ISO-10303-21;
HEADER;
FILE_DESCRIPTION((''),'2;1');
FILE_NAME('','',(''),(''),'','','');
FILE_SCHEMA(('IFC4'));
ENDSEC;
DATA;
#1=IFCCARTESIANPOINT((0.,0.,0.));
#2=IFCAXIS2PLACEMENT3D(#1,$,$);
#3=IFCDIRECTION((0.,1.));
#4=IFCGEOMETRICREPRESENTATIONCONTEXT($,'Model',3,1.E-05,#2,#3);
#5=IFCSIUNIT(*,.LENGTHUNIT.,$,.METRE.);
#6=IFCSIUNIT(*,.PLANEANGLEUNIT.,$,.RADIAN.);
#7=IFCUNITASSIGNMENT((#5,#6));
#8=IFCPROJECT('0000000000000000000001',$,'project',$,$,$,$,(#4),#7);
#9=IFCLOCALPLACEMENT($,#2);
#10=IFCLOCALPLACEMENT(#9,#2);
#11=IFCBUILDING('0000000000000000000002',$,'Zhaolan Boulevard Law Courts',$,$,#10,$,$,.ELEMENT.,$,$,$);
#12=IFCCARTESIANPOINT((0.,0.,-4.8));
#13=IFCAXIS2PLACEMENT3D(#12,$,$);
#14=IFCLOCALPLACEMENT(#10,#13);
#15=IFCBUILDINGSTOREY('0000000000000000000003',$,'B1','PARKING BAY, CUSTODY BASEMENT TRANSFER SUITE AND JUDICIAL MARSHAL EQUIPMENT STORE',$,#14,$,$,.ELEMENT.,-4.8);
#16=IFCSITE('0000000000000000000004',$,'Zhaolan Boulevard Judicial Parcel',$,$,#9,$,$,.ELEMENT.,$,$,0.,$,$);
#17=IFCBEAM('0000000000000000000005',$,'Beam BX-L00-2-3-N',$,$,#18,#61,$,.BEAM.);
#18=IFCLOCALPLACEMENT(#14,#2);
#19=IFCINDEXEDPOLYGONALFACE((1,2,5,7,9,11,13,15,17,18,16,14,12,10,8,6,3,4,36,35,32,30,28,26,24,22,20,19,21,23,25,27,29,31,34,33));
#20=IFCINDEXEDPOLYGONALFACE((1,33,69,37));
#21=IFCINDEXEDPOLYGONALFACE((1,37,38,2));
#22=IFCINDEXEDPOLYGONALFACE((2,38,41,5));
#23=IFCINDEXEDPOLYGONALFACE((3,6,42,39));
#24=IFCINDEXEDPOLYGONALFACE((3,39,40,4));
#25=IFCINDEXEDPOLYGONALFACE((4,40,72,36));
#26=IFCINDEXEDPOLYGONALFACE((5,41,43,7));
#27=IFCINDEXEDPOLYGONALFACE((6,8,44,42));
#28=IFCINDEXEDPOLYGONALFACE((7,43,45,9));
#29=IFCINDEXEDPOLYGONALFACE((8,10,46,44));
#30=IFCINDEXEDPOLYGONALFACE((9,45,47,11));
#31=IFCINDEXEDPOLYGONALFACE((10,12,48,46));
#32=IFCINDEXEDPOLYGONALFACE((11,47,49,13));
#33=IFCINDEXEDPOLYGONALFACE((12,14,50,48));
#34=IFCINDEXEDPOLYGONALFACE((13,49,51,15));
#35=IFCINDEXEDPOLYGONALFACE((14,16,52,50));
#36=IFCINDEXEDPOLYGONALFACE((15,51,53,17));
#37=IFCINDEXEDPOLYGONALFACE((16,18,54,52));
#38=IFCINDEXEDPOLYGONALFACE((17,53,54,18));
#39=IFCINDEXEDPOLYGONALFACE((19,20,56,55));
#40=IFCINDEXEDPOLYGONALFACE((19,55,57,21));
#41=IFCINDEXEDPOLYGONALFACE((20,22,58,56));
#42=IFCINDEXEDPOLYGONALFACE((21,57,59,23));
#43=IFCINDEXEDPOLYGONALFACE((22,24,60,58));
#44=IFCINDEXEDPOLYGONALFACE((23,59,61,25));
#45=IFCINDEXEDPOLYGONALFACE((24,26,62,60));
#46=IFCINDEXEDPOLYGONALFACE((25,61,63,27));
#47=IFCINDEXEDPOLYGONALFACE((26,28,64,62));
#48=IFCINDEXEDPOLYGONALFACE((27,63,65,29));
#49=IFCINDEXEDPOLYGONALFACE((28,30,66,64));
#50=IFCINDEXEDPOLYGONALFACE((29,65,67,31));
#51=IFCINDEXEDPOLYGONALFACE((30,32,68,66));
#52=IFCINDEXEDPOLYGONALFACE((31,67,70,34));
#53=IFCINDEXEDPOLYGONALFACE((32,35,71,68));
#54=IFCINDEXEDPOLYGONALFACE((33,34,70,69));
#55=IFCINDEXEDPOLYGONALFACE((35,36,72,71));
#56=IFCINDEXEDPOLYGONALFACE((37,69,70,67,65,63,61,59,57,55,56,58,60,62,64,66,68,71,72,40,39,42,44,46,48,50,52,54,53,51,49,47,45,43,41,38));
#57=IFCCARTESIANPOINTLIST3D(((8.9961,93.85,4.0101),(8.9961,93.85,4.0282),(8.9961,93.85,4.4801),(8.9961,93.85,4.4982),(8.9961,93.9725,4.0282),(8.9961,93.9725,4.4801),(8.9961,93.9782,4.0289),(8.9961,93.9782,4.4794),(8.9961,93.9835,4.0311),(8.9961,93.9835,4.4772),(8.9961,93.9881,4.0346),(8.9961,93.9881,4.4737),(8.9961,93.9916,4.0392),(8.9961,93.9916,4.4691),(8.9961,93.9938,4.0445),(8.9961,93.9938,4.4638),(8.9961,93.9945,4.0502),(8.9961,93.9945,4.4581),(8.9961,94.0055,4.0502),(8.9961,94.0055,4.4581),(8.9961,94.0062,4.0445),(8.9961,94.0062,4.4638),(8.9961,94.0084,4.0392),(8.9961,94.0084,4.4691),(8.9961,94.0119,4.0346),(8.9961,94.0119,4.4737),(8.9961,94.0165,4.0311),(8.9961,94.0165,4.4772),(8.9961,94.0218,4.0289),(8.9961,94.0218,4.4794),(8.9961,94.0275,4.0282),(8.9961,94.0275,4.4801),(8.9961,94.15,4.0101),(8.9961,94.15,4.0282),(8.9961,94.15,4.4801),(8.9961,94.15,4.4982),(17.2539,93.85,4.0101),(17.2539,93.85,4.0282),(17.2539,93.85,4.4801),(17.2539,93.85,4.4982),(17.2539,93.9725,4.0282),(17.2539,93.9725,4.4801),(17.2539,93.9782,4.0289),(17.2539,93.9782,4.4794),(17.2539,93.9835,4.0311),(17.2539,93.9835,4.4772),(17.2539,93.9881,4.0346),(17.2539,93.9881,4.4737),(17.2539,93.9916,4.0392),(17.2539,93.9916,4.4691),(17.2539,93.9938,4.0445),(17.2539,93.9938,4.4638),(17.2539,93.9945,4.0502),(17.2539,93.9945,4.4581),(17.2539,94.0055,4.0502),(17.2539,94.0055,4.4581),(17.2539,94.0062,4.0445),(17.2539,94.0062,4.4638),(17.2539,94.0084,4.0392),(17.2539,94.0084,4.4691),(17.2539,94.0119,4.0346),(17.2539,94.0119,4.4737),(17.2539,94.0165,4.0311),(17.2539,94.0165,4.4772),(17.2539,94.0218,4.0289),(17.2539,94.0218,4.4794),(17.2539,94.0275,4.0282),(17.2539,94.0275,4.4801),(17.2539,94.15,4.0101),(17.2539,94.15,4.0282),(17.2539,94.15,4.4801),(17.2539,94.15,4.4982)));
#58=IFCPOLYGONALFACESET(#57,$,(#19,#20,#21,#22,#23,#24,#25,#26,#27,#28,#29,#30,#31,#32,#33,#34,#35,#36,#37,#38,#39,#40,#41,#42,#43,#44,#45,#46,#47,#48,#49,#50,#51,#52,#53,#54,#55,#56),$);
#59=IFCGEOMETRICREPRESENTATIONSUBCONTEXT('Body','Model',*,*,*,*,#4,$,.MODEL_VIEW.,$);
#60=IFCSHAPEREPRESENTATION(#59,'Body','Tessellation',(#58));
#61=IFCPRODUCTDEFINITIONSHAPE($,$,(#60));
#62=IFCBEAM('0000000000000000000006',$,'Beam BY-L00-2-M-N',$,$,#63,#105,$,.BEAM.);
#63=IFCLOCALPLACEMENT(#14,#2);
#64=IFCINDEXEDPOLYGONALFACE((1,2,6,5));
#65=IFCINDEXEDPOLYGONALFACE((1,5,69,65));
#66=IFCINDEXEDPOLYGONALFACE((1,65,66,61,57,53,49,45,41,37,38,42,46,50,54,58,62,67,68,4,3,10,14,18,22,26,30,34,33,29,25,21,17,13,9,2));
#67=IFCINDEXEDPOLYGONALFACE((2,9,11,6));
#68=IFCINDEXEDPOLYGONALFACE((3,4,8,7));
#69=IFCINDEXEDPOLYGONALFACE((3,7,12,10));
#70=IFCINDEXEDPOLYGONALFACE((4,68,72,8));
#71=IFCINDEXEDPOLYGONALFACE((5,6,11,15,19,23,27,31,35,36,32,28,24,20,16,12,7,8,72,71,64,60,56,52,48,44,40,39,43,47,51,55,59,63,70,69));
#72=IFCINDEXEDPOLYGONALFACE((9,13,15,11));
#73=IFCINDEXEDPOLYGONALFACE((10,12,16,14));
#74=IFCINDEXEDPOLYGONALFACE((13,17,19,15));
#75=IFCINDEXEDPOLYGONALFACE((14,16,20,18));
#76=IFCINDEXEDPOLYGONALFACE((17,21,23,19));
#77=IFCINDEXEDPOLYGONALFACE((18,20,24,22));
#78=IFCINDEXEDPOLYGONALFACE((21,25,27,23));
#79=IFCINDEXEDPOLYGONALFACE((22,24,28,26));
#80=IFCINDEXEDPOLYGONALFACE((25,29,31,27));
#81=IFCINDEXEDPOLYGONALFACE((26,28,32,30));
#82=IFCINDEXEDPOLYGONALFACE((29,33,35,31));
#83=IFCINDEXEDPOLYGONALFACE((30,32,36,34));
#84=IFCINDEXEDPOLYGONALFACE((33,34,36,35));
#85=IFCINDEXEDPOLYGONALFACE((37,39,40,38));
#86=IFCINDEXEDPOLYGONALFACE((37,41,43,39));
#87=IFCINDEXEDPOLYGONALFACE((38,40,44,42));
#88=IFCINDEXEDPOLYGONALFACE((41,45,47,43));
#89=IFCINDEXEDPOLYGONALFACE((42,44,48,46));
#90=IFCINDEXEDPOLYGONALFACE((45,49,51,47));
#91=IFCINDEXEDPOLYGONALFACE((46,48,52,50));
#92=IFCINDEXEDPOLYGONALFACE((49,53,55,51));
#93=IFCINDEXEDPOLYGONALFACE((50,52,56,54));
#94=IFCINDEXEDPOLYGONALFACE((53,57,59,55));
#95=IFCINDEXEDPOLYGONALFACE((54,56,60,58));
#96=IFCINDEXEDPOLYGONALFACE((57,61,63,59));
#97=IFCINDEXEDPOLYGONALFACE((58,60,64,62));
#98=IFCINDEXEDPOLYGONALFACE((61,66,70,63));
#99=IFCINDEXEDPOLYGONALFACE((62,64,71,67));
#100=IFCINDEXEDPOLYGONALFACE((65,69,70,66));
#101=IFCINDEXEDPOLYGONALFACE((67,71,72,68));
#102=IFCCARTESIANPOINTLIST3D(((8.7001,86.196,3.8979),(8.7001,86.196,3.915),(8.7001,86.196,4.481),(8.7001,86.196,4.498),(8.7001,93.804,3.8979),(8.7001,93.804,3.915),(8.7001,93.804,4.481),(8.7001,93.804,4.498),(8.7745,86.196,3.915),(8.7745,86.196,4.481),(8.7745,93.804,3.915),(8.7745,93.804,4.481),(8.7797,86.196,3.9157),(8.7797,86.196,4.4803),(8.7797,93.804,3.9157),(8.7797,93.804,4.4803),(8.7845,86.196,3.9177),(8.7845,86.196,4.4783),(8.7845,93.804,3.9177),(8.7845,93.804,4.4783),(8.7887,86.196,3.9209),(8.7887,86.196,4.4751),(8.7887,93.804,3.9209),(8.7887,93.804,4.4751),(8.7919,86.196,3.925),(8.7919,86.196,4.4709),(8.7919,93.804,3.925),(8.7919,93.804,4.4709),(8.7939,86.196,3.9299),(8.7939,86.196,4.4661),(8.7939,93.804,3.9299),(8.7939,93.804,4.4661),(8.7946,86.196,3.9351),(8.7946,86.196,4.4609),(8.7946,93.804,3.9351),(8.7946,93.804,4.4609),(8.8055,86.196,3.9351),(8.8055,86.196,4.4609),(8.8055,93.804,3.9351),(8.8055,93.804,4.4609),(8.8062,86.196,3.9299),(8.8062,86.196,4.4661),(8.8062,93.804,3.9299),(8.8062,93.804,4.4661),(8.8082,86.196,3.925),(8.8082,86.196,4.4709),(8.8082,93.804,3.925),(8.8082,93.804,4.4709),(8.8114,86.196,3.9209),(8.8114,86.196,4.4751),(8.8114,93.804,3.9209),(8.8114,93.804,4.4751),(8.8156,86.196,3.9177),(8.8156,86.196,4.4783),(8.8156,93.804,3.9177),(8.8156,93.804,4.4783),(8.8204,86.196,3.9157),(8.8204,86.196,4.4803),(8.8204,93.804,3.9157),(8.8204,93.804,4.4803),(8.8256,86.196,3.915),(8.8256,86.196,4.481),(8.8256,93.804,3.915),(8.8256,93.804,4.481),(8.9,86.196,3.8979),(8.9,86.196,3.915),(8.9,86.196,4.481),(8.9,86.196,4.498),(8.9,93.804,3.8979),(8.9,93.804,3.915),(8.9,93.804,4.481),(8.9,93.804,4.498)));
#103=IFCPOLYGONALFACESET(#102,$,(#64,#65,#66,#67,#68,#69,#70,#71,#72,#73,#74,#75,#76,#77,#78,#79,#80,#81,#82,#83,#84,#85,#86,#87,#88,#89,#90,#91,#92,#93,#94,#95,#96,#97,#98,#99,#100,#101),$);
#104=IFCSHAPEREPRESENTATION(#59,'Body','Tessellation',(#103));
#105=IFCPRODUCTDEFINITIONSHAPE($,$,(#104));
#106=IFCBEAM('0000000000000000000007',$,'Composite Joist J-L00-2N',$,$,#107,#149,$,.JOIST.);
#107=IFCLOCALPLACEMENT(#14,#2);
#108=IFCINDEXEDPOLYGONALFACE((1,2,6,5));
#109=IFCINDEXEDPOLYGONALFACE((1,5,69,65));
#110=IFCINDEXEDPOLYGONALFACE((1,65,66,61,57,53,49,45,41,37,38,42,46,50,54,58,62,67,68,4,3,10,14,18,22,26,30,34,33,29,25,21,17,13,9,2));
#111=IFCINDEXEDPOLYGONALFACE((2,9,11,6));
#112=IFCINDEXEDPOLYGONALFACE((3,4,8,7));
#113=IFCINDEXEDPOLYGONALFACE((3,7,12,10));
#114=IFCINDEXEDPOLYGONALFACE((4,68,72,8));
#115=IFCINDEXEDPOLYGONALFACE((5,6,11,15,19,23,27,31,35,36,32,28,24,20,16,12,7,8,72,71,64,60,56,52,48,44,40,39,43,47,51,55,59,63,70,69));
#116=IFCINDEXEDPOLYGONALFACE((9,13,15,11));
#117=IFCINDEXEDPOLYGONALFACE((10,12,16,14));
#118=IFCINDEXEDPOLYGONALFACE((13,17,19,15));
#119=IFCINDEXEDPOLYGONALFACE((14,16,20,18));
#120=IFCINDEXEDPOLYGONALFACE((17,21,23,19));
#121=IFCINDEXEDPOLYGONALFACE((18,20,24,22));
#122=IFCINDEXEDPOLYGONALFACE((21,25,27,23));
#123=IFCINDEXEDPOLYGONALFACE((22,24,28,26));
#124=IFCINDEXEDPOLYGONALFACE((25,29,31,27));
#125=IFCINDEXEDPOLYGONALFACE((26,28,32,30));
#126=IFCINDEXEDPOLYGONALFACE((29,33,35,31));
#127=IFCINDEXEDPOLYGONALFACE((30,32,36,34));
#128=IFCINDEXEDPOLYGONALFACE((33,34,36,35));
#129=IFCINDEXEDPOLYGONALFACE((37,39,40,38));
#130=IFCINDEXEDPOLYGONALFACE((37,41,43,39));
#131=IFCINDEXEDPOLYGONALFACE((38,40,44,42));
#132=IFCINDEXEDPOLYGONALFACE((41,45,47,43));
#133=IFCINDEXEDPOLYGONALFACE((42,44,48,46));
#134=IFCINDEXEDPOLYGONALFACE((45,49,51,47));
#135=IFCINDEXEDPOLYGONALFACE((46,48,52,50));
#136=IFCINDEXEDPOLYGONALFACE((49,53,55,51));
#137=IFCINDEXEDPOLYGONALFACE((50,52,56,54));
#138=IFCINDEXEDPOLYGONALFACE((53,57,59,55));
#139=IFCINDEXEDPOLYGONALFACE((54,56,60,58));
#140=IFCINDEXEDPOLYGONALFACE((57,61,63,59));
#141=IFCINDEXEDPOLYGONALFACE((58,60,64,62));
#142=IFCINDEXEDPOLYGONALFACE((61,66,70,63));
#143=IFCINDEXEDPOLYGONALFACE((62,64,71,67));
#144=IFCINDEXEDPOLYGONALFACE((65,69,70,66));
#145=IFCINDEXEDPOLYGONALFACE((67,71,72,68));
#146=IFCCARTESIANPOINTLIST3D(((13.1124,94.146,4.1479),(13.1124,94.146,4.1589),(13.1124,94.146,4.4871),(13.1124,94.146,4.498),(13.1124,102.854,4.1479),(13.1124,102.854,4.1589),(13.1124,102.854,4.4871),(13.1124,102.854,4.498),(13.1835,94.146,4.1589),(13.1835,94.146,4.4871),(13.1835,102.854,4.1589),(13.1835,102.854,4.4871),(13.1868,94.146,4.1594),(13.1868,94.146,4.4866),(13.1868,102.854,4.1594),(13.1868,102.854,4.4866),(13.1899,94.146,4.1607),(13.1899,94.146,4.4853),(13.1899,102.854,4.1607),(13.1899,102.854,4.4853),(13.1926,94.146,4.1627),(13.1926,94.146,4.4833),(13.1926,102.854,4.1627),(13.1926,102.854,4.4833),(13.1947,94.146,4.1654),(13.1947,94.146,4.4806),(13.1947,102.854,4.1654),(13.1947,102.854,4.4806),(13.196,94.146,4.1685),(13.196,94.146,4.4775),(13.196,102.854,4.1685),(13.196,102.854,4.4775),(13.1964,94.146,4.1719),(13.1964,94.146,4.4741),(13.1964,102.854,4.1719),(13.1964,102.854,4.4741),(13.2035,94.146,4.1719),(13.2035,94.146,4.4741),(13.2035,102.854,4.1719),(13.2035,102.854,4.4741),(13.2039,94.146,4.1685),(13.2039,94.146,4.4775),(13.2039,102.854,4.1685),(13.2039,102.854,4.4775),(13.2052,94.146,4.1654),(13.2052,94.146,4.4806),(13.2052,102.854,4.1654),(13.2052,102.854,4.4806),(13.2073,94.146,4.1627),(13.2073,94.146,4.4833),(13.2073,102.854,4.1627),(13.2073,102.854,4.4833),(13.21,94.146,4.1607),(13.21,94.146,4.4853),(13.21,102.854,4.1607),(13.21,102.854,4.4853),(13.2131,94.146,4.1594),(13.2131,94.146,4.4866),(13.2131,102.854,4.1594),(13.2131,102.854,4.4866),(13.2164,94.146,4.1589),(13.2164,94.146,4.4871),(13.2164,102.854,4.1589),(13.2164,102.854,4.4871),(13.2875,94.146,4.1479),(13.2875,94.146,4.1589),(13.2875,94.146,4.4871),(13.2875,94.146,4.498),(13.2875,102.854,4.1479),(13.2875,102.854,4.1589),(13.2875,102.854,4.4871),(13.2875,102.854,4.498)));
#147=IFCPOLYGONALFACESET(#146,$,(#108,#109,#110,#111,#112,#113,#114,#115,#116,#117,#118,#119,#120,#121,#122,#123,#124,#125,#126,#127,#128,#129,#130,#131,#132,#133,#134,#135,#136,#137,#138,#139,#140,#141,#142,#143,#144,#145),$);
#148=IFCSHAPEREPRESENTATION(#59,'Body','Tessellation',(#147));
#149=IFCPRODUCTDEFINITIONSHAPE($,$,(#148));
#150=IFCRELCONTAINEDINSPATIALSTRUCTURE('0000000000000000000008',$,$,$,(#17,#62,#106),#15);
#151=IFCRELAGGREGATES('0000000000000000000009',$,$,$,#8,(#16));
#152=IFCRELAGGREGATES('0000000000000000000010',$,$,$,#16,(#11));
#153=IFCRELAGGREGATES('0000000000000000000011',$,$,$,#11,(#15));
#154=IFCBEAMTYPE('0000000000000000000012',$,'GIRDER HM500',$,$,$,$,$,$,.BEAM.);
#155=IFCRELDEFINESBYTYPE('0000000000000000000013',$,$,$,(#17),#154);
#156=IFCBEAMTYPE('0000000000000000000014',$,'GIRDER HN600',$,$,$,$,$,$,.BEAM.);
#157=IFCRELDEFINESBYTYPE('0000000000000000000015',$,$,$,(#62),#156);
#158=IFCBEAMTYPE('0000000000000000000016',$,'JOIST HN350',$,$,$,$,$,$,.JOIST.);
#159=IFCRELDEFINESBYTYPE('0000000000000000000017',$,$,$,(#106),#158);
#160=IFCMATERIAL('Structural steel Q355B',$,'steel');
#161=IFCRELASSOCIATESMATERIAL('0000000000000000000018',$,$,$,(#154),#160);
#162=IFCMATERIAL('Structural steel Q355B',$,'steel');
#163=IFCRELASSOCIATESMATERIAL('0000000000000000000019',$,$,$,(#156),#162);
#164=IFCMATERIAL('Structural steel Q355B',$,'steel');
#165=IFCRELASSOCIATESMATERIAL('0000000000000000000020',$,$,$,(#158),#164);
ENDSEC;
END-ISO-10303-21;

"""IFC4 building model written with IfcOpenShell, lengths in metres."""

from ifc_helpers import new_model, si_unit, direction, frame, origin, origin_2d, place, context, subcontext, project, spatial, i_section, extrude, material, material_profile, profile_set, type_object, element, save


model = new_model("IFC4")

# Units and contexts
model_context = context("Model", 3, precision=1e-05, world=origin(), true_north=direction((0.0, 1.0)))
body_context = subcontext(model_context, "Body", "Model", "MODEL_VIEW")
ifc_project = project(units=[si_unit("LENGTHUNIT", "METRE"), si_unit("PLANEANGLEUNIT", "RADIAN")], contexts=[model_context])

# Site, building, storey
site_placement = place(None, origin())
site = spatial("IfcSite", under=ifc_project, at=site_placement, Name="Zhaolan Boulevard Judicial Parcel", CompositionType="ELEMENT", RefElevation=0.0)
building_placement = place(site_placement, origin())
building = spatial("IfcBuilding", under=site, at=building_placement, Name="Zhaolan Boulevard Law Courts", CompositionType="ELEMENT")
storey_placement = place(building_placement, frame((0.0, 0.0, -4.8)))
storey = spatial("IfcBuildingStorey", under=building, at=storey_placement, Name="B1", Description="PARKING BAY, CUSTODY BASEMENT TRANSFER SUITE AND JUDICIAL MARSHAL EQUIPMENT STORE", CompositionType="ELEMENT", Elevation=-4.8)

# Beams
ifc_material_1 = material(Name="Structural steel Q355B", Category="steel")
ifc_material_profile_1 = material_profile(ifc_material_1, i_section(OverallWidth=0.3, OverallDepth=0.488, WebThickness=0.011, FlangeThickness=0.0181, FilletRadius=0.022, at=origin_2d()), Name="HM488x300")
ifc_profile_set_1 = profile_set([ifc_material_profile_1], Name="Structural steel Q355B")
beam_type_1 = type_object("IfcBeamType", Name="GIRDER HM500", PredefinedType="BEAM", material=ifc_profile_set_1)
for number, where, z_axis, x_axis, name in (
    (1, (8.9961, 94.0, 4.2542), (1.0, 0.0, 0.0), (0.0, 1.0, 0.0), "Beam BX-L00-2-3-N"),
):
    element("IfcBeam", number, at=place(storey_placement, frame(where, z_axis=z_axis, x_axis=x_axis)), inside=storey, type_object=beam_type_1, Name=name, PredefinedType="BEAM", context=body_context, shape_type="SweptSolid", body=[
        extrude(i_section(OverallWidth=0.3, OverallDepth=0.488, WebThickness=0.011, FlangeThickness=0.0181, FilletRadius=0.022, at=origin_2d()), origin(), (0.0, 0.0, 1.0), 8.2578),
    ])
ifc_material_2 = material(Name="Structural steel Q355B", Category="steel")
ifc_material_profile_2 = material_profile(ifc_material_2, i_section(OverallWidth=0.2, OverallDepth=0.6001, WebThickness=0.011, FlangeThickness=0.0171, FilletRadius=0.02, at=origin_2d()), Name="HN600x200")
ifc_profile_set_2 = profile_set([ifc_material_profile_2], Name="Structural steel Q355B")
beam_type_2 = type_object("IfcBeamType", Name="GIRDER HN600", PredefinedType="BEAM", material=ifc_profile_set_2)
beam_1_placement = place(storey_placement, frame((8.8, 86.196, 4.198), z_axis=(0.0, 1.0, 0.0), x_axis=(-1.0, 0.0, 0.0)))
element("IfcBeam", 2, at=beam_1_placement, inside=storey, type_object=beam_type_2, Name="Beam BY-L00-2-M-N", PredefinedType="BEAM", context=body_context, shape_type="SweptSolid", body=[
    extrude(i_section(OverallWidth=0.2, OverallDepth=0.6001, WebThickness=0.011, FlangeThickness=0.0171, FilletRadius=0.02, at=origin_2d()), origin(), (0.0, 0.0, 1.0), 7.6079),
])
ifc_material_3 = material(Name="Structural steel Q355B", Category="steel")
ifc_material_profile_3 = material_profile(ifc_material_3, i_section(OverallWidth=0.175, OverallDepth=0.3501, WebThickness=0.0071, FlangeThickness=0.011, FilletRadius=0.0129, at=origin_2d()), Name="HN350x175")
ifc_profile_set_3 = profile_set([ifc_material_profile_3], Name="Structural steel Q355B")
beam_type_3 = type_object("IfcBeamType", Name="JOIST HN350", PredefinedType="JOIST", material=ifc_profile_set_3)
beam_2_placement = place(storey_placement, frame((13.2, 94.146, 4.323), z_axis=(0.0, 1.0, 0.0), x_axis=(-1.0, 0.0, 0.0)))
element("IfcBeam", 3, at=beam_2_placement, inside=storey, type_object=beam_type_3, Name="Composite Joist J-L00-2N", PredefinedType="JOIST", context=body_context, shape_type="SweptSolid", body=[
    extrude(i_section(OverallWidth=0.175, OverallDepth=0.3501, WebThickness=0.0071, FlangeThickness=0.011, FilletRadius=0.0129, at=origin_2d()), origin(), (0.0, 0.0, 1.0), 8.708),
])

save(model, "model.ifc")
